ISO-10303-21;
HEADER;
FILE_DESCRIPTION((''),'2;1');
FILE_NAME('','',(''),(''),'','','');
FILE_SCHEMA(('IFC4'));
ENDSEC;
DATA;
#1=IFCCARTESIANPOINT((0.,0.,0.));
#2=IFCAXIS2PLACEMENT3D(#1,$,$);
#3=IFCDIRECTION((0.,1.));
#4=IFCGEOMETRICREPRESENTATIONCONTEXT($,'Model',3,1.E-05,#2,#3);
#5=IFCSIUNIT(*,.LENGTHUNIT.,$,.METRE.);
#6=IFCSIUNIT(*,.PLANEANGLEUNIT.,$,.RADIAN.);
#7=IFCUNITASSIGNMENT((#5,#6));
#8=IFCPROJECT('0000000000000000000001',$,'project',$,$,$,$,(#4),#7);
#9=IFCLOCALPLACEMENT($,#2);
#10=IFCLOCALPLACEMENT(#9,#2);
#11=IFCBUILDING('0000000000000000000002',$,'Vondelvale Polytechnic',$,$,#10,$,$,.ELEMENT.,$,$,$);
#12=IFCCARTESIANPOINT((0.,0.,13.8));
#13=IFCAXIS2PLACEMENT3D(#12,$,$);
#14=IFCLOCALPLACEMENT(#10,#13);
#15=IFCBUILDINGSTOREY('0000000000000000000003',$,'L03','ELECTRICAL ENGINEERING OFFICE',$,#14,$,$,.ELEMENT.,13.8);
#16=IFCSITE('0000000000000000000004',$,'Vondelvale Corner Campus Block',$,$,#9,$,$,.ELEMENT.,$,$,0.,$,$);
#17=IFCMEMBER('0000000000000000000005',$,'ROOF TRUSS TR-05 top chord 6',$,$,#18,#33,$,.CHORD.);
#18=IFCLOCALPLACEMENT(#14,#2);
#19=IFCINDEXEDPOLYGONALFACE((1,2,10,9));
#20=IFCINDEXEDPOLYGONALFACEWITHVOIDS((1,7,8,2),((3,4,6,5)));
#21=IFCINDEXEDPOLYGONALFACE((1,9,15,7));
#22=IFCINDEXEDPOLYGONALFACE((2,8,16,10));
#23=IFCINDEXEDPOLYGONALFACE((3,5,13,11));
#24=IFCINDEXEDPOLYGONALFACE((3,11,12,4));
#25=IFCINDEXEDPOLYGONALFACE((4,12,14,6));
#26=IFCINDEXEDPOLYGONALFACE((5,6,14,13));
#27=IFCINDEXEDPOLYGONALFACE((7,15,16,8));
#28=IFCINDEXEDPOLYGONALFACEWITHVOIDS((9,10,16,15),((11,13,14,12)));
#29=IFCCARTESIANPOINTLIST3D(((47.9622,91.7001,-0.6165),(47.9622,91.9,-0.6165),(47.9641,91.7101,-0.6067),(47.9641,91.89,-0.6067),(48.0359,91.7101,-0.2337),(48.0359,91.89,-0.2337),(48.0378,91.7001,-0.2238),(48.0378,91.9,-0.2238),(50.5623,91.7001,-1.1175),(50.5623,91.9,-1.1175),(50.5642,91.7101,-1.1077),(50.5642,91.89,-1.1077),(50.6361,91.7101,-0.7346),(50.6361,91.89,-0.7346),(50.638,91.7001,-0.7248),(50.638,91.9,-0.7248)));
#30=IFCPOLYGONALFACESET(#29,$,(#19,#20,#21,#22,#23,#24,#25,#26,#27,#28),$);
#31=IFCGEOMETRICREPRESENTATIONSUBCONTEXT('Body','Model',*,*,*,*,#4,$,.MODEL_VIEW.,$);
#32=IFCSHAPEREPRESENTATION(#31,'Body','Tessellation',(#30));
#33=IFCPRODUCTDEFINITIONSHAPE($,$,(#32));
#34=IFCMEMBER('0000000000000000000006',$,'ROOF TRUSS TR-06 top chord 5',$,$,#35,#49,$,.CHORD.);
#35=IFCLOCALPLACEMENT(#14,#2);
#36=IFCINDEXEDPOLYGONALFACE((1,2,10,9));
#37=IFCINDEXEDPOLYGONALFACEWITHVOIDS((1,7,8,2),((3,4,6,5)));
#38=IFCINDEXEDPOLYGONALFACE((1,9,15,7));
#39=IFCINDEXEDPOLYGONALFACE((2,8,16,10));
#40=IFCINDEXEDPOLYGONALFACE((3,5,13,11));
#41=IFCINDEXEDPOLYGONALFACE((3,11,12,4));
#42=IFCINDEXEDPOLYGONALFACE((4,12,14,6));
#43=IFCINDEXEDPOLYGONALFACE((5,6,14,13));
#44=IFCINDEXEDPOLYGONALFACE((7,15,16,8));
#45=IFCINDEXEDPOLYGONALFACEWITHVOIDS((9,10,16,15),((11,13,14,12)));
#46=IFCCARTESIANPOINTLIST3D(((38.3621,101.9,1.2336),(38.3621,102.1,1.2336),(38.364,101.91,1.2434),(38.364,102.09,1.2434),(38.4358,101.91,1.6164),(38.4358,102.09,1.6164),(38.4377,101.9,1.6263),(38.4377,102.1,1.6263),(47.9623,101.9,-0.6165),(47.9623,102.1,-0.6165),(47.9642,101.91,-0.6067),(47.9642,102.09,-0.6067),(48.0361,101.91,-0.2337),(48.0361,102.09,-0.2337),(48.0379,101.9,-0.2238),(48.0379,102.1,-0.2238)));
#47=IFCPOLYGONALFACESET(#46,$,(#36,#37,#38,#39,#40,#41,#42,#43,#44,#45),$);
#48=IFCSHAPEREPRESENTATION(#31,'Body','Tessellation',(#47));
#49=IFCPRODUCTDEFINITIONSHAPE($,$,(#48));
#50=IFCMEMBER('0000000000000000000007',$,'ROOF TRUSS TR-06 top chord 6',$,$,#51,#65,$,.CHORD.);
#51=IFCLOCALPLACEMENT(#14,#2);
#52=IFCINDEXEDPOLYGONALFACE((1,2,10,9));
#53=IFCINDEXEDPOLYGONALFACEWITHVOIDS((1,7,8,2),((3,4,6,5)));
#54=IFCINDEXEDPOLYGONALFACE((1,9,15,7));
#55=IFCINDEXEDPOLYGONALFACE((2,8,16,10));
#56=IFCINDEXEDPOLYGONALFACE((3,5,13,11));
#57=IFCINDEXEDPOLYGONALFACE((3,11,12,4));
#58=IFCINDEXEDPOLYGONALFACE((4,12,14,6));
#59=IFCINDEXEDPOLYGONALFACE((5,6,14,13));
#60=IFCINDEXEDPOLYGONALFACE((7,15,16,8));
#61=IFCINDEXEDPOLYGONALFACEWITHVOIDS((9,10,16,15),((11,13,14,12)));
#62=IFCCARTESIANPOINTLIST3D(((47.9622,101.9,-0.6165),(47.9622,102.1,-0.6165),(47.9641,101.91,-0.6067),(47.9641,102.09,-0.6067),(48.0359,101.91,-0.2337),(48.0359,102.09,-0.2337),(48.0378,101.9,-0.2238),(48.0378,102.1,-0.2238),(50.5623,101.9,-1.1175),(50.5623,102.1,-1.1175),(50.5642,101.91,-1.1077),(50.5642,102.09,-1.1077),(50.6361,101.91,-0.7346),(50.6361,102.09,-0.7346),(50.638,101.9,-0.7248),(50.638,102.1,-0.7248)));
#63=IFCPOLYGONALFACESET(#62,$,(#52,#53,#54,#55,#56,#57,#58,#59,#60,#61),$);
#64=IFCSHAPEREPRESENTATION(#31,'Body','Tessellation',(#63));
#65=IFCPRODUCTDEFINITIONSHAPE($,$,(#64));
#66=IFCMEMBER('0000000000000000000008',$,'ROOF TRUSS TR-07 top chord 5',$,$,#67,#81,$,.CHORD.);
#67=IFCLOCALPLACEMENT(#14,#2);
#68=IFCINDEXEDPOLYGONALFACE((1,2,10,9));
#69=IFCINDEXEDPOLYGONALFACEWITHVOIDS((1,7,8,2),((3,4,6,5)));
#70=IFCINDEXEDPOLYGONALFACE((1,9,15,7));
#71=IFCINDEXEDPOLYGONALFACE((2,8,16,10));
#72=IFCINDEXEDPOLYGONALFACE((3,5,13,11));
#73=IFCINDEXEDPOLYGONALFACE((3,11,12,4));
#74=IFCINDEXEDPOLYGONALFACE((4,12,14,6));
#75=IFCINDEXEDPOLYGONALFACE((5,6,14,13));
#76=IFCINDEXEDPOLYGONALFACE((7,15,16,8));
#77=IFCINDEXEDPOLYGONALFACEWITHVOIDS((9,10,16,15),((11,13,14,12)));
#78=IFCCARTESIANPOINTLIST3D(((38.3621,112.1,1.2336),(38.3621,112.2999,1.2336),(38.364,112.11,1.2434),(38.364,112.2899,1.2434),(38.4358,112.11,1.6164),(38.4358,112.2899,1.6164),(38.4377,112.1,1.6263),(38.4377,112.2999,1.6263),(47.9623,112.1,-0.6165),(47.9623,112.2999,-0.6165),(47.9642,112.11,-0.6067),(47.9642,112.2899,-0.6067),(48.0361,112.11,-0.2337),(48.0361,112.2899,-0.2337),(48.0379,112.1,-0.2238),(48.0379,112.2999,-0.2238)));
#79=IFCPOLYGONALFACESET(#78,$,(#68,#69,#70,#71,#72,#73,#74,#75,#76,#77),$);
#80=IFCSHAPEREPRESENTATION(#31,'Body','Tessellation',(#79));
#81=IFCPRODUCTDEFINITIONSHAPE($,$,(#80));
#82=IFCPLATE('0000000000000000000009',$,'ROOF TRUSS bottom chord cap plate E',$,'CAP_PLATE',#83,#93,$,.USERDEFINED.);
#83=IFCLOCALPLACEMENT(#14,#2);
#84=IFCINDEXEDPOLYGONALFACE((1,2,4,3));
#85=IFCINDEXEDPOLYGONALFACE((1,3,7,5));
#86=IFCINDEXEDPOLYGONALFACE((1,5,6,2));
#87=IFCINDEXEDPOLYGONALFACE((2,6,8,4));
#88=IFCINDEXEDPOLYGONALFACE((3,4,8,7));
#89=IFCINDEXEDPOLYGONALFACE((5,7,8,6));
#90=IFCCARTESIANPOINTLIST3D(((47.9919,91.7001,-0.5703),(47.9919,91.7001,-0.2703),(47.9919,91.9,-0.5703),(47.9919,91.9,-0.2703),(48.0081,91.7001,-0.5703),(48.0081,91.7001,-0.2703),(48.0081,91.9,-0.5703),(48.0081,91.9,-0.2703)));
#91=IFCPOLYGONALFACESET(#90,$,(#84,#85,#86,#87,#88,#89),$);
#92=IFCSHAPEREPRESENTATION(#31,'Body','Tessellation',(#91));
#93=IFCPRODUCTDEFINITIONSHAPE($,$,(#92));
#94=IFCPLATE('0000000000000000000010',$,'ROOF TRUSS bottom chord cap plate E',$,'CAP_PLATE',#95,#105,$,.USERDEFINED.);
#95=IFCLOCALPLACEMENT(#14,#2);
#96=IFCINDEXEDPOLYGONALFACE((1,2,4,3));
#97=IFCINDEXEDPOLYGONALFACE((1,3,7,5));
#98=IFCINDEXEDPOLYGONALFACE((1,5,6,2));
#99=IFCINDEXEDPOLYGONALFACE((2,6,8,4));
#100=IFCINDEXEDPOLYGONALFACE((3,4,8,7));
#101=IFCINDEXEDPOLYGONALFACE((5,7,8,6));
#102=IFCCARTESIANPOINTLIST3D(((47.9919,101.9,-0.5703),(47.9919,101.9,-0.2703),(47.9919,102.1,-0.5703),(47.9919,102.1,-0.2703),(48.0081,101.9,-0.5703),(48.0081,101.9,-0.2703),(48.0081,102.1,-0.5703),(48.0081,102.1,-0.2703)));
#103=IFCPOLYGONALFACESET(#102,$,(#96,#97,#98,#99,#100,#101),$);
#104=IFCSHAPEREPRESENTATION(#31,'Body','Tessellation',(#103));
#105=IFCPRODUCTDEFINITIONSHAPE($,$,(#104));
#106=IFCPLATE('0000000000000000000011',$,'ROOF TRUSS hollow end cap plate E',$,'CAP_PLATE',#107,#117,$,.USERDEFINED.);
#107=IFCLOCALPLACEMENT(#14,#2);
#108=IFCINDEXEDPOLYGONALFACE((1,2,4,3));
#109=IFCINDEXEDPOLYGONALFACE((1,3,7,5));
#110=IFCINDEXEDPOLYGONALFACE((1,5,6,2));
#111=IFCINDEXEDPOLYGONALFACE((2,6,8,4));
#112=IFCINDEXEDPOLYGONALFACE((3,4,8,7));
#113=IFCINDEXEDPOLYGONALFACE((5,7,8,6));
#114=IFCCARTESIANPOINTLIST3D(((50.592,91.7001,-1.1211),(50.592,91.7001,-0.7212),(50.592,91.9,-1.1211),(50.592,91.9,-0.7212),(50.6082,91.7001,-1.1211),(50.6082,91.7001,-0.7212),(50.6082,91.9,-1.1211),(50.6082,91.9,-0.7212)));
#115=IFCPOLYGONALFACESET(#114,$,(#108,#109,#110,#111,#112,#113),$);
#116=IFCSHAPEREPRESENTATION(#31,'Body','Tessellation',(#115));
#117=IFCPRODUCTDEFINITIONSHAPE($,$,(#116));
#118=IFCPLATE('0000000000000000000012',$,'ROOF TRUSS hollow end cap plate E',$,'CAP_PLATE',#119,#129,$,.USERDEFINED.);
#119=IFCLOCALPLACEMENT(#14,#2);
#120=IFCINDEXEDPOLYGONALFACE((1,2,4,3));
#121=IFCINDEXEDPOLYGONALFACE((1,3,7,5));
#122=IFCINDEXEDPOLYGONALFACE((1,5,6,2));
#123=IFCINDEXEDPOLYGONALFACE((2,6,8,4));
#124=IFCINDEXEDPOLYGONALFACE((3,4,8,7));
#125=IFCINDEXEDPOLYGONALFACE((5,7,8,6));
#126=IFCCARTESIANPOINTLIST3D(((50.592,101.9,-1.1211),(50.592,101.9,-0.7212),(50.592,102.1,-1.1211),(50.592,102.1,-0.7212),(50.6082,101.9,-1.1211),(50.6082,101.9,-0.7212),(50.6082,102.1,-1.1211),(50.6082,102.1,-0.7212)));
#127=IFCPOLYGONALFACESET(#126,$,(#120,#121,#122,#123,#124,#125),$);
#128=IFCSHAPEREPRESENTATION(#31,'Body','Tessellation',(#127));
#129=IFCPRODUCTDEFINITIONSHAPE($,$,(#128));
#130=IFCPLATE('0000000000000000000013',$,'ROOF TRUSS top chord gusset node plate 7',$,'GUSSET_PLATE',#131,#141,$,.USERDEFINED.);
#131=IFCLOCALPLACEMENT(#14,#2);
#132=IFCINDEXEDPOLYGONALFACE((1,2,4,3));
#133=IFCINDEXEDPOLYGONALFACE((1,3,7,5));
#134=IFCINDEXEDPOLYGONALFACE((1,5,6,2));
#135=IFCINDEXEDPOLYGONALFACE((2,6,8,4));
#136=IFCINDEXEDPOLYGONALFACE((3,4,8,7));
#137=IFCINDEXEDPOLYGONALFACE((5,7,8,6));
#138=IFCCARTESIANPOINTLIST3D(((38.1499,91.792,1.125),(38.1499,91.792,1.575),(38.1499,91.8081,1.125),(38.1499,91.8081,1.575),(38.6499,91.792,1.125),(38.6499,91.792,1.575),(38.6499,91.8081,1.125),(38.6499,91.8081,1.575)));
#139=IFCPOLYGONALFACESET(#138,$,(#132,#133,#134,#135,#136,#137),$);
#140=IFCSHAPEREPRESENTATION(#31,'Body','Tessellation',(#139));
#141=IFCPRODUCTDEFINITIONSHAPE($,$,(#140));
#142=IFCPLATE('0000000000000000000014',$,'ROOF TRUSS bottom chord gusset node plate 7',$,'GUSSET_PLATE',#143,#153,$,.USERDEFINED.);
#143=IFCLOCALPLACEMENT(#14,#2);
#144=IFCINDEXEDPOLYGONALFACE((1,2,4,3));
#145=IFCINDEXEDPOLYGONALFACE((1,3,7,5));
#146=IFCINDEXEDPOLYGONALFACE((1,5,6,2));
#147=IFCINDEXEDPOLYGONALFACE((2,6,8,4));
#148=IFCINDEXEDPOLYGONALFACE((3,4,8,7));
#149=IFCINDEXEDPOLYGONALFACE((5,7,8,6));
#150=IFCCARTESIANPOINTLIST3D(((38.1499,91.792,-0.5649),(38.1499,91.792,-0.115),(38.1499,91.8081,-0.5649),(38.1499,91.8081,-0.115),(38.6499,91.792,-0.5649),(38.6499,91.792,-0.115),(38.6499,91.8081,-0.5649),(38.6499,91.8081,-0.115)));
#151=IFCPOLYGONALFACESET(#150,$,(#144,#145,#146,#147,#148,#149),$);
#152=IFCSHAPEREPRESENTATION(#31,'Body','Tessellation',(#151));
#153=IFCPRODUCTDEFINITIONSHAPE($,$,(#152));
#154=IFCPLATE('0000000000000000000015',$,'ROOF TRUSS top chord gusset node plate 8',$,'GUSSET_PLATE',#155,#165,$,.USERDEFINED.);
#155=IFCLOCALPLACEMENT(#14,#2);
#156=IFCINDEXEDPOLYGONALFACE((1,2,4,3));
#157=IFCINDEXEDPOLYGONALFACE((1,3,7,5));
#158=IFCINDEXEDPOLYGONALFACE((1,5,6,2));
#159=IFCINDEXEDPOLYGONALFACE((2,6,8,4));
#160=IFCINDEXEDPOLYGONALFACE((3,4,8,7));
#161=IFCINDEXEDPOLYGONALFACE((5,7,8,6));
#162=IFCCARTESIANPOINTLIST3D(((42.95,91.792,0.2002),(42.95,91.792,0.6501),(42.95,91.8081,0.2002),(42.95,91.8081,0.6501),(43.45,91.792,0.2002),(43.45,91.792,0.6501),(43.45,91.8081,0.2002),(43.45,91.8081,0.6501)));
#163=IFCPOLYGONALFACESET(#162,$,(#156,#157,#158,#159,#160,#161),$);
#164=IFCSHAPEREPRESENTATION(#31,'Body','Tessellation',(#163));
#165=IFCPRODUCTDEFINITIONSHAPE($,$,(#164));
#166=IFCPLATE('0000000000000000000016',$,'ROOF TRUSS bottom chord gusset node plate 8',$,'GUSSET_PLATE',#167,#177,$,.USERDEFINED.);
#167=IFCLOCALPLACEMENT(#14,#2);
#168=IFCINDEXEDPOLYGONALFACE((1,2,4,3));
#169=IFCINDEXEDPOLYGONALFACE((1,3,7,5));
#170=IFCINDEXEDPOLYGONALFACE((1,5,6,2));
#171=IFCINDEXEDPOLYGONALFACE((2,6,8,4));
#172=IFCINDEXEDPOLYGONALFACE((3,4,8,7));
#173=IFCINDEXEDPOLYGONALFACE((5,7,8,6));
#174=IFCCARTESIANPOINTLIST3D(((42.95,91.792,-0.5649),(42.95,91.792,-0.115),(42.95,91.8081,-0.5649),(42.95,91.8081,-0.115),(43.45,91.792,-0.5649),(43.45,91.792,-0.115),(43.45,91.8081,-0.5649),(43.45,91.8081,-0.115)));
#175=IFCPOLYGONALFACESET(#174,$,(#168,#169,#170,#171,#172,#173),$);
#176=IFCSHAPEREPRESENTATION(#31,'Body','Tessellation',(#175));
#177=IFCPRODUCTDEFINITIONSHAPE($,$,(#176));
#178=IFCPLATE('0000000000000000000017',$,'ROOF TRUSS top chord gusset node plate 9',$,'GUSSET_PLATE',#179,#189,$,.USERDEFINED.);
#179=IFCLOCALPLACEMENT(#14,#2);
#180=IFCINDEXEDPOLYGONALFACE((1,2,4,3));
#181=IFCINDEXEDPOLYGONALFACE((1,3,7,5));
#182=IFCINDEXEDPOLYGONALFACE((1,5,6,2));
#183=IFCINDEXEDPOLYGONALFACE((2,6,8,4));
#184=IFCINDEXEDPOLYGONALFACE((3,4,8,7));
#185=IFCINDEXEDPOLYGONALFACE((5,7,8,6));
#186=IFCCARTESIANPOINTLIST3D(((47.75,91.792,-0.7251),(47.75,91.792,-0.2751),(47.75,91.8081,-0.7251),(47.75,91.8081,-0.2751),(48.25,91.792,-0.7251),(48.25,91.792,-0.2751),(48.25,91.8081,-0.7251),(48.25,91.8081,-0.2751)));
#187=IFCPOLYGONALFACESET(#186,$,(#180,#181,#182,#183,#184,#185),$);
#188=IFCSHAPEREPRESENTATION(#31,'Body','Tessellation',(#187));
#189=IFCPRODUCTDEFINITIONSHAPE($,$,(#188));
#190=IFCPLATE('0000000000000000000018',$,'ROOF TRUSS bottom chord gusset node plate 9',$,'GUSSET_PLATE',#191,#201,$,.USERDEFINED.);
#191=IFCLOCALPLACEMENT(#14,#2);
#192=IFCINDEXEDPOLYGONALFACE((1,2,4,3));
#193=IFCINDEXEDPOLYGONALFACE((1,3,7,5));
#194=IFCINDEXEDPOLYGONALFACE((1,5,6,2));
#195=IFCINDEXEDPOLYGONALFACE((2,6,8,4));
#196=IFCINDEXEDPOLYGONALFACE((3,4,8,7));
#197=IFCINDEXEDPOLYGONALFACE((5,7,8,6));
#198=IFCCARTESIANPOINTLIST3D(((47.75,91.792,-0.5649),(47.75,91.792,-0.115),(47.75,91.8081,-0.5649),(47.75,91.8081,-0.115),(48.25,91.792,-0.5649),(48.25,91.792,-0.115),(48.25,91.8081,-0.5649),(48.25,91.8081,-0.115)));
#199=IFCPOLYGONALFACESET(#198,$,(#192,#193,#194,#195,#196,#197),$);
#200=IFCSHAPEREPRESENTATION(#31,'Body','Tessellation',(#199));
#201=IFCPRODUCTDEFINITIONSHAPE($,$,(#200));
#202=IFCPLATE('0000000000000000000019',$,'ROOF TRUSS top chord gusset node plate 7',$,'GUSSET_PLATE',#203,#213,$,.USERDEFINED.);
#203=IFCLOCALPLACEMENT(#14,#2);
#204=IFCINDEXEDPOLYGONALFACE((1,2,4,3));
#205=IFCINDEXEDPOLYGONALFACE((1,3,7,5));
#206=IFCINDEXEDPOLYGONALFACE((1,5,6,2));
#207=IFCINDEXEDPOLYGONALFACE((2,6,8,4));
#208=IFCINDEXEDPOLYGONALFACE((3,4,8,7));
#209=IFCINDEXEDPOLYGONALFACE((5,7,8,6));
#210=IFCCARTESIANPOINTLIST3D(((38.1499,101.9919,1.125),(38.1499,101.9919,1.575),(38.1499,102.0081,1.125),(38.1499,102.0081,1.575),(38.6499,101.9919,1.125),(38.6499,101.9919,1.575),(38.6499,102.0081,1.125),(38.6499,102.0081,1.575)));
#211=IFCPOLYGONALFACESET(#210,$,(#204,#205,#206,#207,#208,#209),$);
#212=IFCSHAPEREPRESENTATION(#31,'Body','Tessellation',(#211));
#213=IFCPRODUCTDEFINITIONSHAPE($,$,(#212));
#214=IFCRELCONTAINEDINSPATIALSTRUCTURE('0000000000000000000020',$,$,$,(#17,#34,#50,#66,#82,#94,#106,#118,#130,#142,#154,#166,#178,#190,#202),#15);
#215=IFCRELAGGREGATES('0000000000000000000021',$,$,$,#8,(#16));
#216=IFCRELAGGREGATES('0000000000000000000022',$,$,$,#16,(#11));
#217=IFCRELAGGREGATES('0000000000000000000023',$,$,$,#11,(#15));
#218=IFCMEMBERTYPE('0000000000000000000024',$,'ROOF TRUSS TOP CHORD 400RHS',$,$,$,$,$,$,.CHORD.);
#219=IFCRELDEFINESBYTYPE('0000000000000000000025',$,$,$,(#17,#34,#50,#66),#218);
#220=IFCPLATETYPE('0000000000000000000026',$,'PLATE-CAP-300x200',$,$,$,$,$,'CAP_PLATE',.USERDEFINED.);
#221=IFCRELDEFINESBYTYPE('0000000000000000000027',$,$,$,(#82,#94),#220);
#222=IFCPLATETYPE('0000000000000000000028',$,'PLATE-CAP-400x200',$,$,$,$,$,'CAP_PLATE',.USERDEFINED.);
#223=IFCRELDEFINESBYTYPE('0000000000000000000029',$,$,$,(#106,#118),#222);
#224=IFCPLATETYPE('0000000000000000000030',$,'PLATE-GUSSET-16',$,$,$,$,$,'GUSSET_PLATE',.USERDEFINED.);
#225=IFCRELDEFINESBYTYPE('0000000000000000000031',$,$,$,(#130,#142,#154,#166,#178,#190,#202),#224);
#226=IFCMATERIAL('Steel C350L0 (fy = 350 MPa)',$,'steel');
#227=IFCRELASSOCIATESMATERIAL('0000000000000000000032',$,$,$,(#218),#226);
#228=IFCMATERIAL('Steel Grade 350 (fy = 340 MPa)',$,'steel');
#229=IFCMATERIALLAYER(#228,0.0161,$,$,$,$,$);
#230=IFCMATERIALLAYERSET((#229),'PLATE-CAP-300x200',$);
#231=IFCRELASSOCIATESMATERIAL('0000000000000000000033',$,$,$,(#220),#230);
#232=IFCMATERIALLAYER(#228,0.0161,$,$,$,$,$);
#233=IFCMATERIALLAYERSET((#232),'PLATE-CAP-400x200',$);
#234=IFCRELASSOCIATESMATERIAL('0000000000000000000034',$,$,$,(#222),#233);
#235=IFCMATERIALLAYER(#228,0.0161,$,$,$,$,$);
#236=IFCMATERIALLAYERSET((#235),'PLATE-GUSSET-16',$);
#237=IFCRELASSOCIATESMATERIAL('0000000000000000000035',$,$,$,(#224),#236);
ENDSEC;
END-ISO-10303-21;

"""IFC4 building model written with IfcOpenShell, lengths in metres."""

from ifc_helpers import new_model, si_unit, direction, frame, origin, origin_2d, place, context, subcontext, project, spatial, rectangle, hollow_rectangle, extrude, material, layer, layer_set, material_profile, profile_set, type_object, element, save


model = new_model("IFC4")

# Units and contexts
model_context = context("Model", 3, precision=1e-05, world=origin(), true_north=direction((0.0, 1.0)))
body_context = subcontext(model_context, "Body", "Model", "MODEL_VIEW")
ifc_project = project(units=[si_unit("LENGTHUNIT", "METRE"), si_unit("PLANEANGLEUNIT", "RADIAN")], contexts=[model_context])

# Site, building, storey
site_placement = place(None, origin())
site = spatial("IfcSite", under=ifc_project, at=site_placement, Name="Vondelvale Corner Campus Block", CompositionType="ELEMENT", RefElevation=0.0)
building_placement = place(site_placement, origin())
building = spatial("IfcBuilding", under=site, at=building_placement, Name="Vondelvale Polytechnic", CompositionType="ELEMENT")
storey_placement = place(building_placement, frame((0.0, 0.0, 13.8)))
storey = spatial("IfcBuildingStorey", under=building, at=storey_placement, Name="L03", Description="ELECTRICAL ENGINEERING OFFICE", CompositionType="ELEMENT", Elevation=13.8)

# Members
ifc_material_1 = material(Name="Steel C350L0 (fy = 350 MPa)", Category="steel")
ifc_material_profile_1 = material_profile(ifc_material_1, hollow_rectangle(XDim=0.2, YDim=0.3999, WallThickness=0.01, at=origin_2d()), Name="400x200x10.0RHS")
ifc_profile_set_1 = profile_set([ifc_material_profile_1], Name="Steel C350L0 (fy = 350 MPa)")
member_type_1 = type_object("IfcMemberType", Name="ROOF TRUSS TOP CHORD 400RHS", PredefinedType="CHORD", material=ifc_profile_set_1)
member_1_placement = place(storey_placement, frame((48.0, 91.8, -0.4202), z_axis=(0.981939, 0.0, -0.189196), x_axis=(0.0, 1.0, 0.0)))
element("IfcMember", 1, at=member_1_placement, inside=storey, type_object=member_type_1, Name="ROOF TRUSS TR-05 top chord 6", PredefinedType="CHORD", context=body_context, shape_type="SweptSolid", body=[
    extrude(hollow_rectangle(XDim=0.2, YDim=0.3999, WallThickness=0.01, at=origin_2d()), origin(), (0.0, 0.0, 1.0), 2.6479),
])
member_2_placement = place(storey_placement, frame((38.3999, 102.0, 1.4299), z_axis=(0.981932, 0.0, -0.189235), x_axis=(0.0, 1.0, 0.0)))
element("IfcMember", 2, at=member_2_placement, inside=storey, type_object=member_type_1, Name="ROOF TRUSS TR-06 top chord 5", PredefinedType="CHORD", context=body_context, shape_type="SweptSolid", body=[
    extrude(hollow_rectangle(XDim=0.2, YDim=0.3999, WallThickness=0.01, at=origin_2d()), origin(), (0.0, 0.0, 1.0), 9.7769),
])
member_3_placement = place(storey_placement, frame((48.0, 102.0, -0.4202), z_axis=(0.981939, 0.0, -0.189196), x_axis=(0.0, 1.0, 0.0)))
element("IfcMember", 3, at=member_3_placement, inside=storey, type_object=member_type_1, Name="ROOF TRUSS TR-06 top chord 6", PredefinedType="CHORD", context=body_context, shape_type="SweptSolid", body=[
    extrude(hollow_rectangle(XDim=0.2, YDim=0.3999, WallThickness=0.01, at=origin_2d()), origin(), (0.0, 0.0, 1.0), 2.6479),
])
member_4_placement = place(storey_placement, frame((38.3999, 112.2, 1.4299), z_axis=(0.981932, 0.0, -0.189235), x_axis=(0.0, 1.0, 0.0)))
element("IfcMember", 4, at=member_4_placement, inside=storey, type_object=member_type_1, Name="ROOF TRUSS TR-07 top chord 5", PredefinedType="CHORD", context=body_context, shape_type="SweptSolid", body=[
    extrude(hollow_rectangle(XDim=0.2, YDim=0.3999, WallThickness=0.01, at=origin_2d()), origin(), (0.0, 0.0, 1.0), 9.7769),
])

# Plates
ifc_material_2 = material(Name="Steel Grade 350 (fy = 340 MPa)", Category="steel")
ifc_layer_1 = layer(ifc_material_2, 0.0161)
ifc_layer_set_1 = layer_set([ifc_layer_1], Name="PLATE-CAP-300x200")
plate_type_1 = type_object("IfcPlateType", Name="PLATE-CAP-300x200", ElementType="CAP_PLATE", PredefinedType="USERDEFINED", material=ifc_layer_set_1)
for number, where, z_axis, x_axis, name in (
    (5, (48.0, 91.8, -0.5703), (0.0, 0.0, 1.0), (1.0, 0.0, 0.0), "ROOF TRUSS bottom chord cap plate E"),
    (6, (48.0, 102.0, -0.5703), (0.0, 0.0, 1.0), (1.0, 0.0, 0.0), "ROOF TRUSS bottom chord cap plate E"),
):
    element("IfcPlate", number, at=place(storey_placement, frame(where, z_axis=z_axis, x_axis=x_axis)), inside=storey, type_object=plate_type_1, Name=name, ObjectType="CAP_PLATE", PredefinedType="USERDEFINED", context=body_context, shape_type="SweptSolid", body=[
        extrude(rectangle(XDim=0.0161, YDim=0.2, at=origin_2d()), origin(), (0.0, 0.0, 1.0), 0.3),
    ])
ifc_layer_2 = layer(ifc_material_2, 0.0161)
ifc_layer_set_2 = layer_set([ifc_layer_2], Name="PLATE-CAP-400x200")
plate_type_2 = type_object("IfcPlateType", Name="PLATE-CAP-400x200", ElementType="CAP_PLATE", PredefinedType="USERDEFINED", material=ifc_layer_set_2)
for number, where, z_axis, x_axis, name in (
    (7, (50.6001, 91.8, -1.1211), (0.0, 0.0, 1.0), (1.0, 0.0, 0.0), "ROOF TRUSS hollow end cap plate E"),
    (8, (50.6001, 102.0, -1.1211), (0.0, 0.0, 1.0), (1.0, 0.0, 0.0), "ROOF TRUSS hollow end cap plate E"),
):
    element("IfcPlate", number, at=place(storey_placement, frame(where, z_axis=z_axis, x_axis=x_axis)), inside=storey, type_object=plate_type_2, Name=name, ObjectType="CAP_PLATE", PredefinedType="USERDEFINED", context=body_context, shape_type="SweptSolid", body=[
        extrude(rectangle(XDim=0.0161, YDim=0.2, at=origin_2d()), origin(), (0.0, 0.0, 1.0), 0.3999),
    ])
ifc_layer_3 = layer(ifc_material_2, 0.0161)
ifc_layer_set_3 = layer_set([ifc_layer_3], Name="PLATE-GUSSET-16")
plate_type_3 = type_object("IfcPlateType", Name="PLATE-GUSSET-16", ElementType="GUSSET_PLATE", PredefinedType="USERDEFINED", material=ifc_layer_set_3)
for number, where, z_axis, x_axis, name in (
    (9, (38.3999, 91.8, 1.125), (0.0, 0.0, 1.0), (1.0, 0.0, 0.0), "ROOF TRUSS top chord gusset node plate 7"),
    (10, (38.3999, 91.8, -0.5649), (0.0, 0.0, 1.0), (1.0, 0.0, 0.0), "ROOF TRUSS bottom chord gusset node plate 7"),
    (11, (43.2, 91.8, 0.2002), (0.0, 0.0, 1.0), (1.0, 0.0, 0.0), "ROOF TRUSS top chord gusset node plate 8"),
    (12, (43.2, 91.8, -0.5649), (0.0, 0.0, 1.0), (1.0, 0.0, 0.0), "ROOF TRUSS bottom chord gusset node plate 8"),
    (13, (48.0, 91.8, -0.7251), (0.0, 0.0, 1.0), (1.0, 0.0, 0.0), "ROOF TRUSS top chord gusset node plate 9"),
    (14, (48.0, 91.8, -0.5649), (0.0, 0.0, 1.0), (1.0, 0.0, 0.0), "ROOF TRUSS bottom chord gusset node plate 9"),
    (15, (38.3999, 102.0, 1.125), (0.0, 0.0, 1.0), (1.0, 0.0, 0.0), "ROOF TRUSS top chord gusset node plate 7"),
):
    element("IfcPlate", number, at=place(storey_placement, frame(where, z_axis=z_axis, x_axis=x_axis)), inside=storey, type_object=plate_type_3, Name=name, ObjectType="GUSSET_PLATE", PredefinedType="USERDEFINED", context=body_context, shape_type="SweptSolid", body=[
        extrude(rectangle(XDim=0.5, YDim=0.0161, at=origin_2d()), origin(), (0.0, 0.0, 1.0), 0.45),
    ])

save(model, "model.ifc")
